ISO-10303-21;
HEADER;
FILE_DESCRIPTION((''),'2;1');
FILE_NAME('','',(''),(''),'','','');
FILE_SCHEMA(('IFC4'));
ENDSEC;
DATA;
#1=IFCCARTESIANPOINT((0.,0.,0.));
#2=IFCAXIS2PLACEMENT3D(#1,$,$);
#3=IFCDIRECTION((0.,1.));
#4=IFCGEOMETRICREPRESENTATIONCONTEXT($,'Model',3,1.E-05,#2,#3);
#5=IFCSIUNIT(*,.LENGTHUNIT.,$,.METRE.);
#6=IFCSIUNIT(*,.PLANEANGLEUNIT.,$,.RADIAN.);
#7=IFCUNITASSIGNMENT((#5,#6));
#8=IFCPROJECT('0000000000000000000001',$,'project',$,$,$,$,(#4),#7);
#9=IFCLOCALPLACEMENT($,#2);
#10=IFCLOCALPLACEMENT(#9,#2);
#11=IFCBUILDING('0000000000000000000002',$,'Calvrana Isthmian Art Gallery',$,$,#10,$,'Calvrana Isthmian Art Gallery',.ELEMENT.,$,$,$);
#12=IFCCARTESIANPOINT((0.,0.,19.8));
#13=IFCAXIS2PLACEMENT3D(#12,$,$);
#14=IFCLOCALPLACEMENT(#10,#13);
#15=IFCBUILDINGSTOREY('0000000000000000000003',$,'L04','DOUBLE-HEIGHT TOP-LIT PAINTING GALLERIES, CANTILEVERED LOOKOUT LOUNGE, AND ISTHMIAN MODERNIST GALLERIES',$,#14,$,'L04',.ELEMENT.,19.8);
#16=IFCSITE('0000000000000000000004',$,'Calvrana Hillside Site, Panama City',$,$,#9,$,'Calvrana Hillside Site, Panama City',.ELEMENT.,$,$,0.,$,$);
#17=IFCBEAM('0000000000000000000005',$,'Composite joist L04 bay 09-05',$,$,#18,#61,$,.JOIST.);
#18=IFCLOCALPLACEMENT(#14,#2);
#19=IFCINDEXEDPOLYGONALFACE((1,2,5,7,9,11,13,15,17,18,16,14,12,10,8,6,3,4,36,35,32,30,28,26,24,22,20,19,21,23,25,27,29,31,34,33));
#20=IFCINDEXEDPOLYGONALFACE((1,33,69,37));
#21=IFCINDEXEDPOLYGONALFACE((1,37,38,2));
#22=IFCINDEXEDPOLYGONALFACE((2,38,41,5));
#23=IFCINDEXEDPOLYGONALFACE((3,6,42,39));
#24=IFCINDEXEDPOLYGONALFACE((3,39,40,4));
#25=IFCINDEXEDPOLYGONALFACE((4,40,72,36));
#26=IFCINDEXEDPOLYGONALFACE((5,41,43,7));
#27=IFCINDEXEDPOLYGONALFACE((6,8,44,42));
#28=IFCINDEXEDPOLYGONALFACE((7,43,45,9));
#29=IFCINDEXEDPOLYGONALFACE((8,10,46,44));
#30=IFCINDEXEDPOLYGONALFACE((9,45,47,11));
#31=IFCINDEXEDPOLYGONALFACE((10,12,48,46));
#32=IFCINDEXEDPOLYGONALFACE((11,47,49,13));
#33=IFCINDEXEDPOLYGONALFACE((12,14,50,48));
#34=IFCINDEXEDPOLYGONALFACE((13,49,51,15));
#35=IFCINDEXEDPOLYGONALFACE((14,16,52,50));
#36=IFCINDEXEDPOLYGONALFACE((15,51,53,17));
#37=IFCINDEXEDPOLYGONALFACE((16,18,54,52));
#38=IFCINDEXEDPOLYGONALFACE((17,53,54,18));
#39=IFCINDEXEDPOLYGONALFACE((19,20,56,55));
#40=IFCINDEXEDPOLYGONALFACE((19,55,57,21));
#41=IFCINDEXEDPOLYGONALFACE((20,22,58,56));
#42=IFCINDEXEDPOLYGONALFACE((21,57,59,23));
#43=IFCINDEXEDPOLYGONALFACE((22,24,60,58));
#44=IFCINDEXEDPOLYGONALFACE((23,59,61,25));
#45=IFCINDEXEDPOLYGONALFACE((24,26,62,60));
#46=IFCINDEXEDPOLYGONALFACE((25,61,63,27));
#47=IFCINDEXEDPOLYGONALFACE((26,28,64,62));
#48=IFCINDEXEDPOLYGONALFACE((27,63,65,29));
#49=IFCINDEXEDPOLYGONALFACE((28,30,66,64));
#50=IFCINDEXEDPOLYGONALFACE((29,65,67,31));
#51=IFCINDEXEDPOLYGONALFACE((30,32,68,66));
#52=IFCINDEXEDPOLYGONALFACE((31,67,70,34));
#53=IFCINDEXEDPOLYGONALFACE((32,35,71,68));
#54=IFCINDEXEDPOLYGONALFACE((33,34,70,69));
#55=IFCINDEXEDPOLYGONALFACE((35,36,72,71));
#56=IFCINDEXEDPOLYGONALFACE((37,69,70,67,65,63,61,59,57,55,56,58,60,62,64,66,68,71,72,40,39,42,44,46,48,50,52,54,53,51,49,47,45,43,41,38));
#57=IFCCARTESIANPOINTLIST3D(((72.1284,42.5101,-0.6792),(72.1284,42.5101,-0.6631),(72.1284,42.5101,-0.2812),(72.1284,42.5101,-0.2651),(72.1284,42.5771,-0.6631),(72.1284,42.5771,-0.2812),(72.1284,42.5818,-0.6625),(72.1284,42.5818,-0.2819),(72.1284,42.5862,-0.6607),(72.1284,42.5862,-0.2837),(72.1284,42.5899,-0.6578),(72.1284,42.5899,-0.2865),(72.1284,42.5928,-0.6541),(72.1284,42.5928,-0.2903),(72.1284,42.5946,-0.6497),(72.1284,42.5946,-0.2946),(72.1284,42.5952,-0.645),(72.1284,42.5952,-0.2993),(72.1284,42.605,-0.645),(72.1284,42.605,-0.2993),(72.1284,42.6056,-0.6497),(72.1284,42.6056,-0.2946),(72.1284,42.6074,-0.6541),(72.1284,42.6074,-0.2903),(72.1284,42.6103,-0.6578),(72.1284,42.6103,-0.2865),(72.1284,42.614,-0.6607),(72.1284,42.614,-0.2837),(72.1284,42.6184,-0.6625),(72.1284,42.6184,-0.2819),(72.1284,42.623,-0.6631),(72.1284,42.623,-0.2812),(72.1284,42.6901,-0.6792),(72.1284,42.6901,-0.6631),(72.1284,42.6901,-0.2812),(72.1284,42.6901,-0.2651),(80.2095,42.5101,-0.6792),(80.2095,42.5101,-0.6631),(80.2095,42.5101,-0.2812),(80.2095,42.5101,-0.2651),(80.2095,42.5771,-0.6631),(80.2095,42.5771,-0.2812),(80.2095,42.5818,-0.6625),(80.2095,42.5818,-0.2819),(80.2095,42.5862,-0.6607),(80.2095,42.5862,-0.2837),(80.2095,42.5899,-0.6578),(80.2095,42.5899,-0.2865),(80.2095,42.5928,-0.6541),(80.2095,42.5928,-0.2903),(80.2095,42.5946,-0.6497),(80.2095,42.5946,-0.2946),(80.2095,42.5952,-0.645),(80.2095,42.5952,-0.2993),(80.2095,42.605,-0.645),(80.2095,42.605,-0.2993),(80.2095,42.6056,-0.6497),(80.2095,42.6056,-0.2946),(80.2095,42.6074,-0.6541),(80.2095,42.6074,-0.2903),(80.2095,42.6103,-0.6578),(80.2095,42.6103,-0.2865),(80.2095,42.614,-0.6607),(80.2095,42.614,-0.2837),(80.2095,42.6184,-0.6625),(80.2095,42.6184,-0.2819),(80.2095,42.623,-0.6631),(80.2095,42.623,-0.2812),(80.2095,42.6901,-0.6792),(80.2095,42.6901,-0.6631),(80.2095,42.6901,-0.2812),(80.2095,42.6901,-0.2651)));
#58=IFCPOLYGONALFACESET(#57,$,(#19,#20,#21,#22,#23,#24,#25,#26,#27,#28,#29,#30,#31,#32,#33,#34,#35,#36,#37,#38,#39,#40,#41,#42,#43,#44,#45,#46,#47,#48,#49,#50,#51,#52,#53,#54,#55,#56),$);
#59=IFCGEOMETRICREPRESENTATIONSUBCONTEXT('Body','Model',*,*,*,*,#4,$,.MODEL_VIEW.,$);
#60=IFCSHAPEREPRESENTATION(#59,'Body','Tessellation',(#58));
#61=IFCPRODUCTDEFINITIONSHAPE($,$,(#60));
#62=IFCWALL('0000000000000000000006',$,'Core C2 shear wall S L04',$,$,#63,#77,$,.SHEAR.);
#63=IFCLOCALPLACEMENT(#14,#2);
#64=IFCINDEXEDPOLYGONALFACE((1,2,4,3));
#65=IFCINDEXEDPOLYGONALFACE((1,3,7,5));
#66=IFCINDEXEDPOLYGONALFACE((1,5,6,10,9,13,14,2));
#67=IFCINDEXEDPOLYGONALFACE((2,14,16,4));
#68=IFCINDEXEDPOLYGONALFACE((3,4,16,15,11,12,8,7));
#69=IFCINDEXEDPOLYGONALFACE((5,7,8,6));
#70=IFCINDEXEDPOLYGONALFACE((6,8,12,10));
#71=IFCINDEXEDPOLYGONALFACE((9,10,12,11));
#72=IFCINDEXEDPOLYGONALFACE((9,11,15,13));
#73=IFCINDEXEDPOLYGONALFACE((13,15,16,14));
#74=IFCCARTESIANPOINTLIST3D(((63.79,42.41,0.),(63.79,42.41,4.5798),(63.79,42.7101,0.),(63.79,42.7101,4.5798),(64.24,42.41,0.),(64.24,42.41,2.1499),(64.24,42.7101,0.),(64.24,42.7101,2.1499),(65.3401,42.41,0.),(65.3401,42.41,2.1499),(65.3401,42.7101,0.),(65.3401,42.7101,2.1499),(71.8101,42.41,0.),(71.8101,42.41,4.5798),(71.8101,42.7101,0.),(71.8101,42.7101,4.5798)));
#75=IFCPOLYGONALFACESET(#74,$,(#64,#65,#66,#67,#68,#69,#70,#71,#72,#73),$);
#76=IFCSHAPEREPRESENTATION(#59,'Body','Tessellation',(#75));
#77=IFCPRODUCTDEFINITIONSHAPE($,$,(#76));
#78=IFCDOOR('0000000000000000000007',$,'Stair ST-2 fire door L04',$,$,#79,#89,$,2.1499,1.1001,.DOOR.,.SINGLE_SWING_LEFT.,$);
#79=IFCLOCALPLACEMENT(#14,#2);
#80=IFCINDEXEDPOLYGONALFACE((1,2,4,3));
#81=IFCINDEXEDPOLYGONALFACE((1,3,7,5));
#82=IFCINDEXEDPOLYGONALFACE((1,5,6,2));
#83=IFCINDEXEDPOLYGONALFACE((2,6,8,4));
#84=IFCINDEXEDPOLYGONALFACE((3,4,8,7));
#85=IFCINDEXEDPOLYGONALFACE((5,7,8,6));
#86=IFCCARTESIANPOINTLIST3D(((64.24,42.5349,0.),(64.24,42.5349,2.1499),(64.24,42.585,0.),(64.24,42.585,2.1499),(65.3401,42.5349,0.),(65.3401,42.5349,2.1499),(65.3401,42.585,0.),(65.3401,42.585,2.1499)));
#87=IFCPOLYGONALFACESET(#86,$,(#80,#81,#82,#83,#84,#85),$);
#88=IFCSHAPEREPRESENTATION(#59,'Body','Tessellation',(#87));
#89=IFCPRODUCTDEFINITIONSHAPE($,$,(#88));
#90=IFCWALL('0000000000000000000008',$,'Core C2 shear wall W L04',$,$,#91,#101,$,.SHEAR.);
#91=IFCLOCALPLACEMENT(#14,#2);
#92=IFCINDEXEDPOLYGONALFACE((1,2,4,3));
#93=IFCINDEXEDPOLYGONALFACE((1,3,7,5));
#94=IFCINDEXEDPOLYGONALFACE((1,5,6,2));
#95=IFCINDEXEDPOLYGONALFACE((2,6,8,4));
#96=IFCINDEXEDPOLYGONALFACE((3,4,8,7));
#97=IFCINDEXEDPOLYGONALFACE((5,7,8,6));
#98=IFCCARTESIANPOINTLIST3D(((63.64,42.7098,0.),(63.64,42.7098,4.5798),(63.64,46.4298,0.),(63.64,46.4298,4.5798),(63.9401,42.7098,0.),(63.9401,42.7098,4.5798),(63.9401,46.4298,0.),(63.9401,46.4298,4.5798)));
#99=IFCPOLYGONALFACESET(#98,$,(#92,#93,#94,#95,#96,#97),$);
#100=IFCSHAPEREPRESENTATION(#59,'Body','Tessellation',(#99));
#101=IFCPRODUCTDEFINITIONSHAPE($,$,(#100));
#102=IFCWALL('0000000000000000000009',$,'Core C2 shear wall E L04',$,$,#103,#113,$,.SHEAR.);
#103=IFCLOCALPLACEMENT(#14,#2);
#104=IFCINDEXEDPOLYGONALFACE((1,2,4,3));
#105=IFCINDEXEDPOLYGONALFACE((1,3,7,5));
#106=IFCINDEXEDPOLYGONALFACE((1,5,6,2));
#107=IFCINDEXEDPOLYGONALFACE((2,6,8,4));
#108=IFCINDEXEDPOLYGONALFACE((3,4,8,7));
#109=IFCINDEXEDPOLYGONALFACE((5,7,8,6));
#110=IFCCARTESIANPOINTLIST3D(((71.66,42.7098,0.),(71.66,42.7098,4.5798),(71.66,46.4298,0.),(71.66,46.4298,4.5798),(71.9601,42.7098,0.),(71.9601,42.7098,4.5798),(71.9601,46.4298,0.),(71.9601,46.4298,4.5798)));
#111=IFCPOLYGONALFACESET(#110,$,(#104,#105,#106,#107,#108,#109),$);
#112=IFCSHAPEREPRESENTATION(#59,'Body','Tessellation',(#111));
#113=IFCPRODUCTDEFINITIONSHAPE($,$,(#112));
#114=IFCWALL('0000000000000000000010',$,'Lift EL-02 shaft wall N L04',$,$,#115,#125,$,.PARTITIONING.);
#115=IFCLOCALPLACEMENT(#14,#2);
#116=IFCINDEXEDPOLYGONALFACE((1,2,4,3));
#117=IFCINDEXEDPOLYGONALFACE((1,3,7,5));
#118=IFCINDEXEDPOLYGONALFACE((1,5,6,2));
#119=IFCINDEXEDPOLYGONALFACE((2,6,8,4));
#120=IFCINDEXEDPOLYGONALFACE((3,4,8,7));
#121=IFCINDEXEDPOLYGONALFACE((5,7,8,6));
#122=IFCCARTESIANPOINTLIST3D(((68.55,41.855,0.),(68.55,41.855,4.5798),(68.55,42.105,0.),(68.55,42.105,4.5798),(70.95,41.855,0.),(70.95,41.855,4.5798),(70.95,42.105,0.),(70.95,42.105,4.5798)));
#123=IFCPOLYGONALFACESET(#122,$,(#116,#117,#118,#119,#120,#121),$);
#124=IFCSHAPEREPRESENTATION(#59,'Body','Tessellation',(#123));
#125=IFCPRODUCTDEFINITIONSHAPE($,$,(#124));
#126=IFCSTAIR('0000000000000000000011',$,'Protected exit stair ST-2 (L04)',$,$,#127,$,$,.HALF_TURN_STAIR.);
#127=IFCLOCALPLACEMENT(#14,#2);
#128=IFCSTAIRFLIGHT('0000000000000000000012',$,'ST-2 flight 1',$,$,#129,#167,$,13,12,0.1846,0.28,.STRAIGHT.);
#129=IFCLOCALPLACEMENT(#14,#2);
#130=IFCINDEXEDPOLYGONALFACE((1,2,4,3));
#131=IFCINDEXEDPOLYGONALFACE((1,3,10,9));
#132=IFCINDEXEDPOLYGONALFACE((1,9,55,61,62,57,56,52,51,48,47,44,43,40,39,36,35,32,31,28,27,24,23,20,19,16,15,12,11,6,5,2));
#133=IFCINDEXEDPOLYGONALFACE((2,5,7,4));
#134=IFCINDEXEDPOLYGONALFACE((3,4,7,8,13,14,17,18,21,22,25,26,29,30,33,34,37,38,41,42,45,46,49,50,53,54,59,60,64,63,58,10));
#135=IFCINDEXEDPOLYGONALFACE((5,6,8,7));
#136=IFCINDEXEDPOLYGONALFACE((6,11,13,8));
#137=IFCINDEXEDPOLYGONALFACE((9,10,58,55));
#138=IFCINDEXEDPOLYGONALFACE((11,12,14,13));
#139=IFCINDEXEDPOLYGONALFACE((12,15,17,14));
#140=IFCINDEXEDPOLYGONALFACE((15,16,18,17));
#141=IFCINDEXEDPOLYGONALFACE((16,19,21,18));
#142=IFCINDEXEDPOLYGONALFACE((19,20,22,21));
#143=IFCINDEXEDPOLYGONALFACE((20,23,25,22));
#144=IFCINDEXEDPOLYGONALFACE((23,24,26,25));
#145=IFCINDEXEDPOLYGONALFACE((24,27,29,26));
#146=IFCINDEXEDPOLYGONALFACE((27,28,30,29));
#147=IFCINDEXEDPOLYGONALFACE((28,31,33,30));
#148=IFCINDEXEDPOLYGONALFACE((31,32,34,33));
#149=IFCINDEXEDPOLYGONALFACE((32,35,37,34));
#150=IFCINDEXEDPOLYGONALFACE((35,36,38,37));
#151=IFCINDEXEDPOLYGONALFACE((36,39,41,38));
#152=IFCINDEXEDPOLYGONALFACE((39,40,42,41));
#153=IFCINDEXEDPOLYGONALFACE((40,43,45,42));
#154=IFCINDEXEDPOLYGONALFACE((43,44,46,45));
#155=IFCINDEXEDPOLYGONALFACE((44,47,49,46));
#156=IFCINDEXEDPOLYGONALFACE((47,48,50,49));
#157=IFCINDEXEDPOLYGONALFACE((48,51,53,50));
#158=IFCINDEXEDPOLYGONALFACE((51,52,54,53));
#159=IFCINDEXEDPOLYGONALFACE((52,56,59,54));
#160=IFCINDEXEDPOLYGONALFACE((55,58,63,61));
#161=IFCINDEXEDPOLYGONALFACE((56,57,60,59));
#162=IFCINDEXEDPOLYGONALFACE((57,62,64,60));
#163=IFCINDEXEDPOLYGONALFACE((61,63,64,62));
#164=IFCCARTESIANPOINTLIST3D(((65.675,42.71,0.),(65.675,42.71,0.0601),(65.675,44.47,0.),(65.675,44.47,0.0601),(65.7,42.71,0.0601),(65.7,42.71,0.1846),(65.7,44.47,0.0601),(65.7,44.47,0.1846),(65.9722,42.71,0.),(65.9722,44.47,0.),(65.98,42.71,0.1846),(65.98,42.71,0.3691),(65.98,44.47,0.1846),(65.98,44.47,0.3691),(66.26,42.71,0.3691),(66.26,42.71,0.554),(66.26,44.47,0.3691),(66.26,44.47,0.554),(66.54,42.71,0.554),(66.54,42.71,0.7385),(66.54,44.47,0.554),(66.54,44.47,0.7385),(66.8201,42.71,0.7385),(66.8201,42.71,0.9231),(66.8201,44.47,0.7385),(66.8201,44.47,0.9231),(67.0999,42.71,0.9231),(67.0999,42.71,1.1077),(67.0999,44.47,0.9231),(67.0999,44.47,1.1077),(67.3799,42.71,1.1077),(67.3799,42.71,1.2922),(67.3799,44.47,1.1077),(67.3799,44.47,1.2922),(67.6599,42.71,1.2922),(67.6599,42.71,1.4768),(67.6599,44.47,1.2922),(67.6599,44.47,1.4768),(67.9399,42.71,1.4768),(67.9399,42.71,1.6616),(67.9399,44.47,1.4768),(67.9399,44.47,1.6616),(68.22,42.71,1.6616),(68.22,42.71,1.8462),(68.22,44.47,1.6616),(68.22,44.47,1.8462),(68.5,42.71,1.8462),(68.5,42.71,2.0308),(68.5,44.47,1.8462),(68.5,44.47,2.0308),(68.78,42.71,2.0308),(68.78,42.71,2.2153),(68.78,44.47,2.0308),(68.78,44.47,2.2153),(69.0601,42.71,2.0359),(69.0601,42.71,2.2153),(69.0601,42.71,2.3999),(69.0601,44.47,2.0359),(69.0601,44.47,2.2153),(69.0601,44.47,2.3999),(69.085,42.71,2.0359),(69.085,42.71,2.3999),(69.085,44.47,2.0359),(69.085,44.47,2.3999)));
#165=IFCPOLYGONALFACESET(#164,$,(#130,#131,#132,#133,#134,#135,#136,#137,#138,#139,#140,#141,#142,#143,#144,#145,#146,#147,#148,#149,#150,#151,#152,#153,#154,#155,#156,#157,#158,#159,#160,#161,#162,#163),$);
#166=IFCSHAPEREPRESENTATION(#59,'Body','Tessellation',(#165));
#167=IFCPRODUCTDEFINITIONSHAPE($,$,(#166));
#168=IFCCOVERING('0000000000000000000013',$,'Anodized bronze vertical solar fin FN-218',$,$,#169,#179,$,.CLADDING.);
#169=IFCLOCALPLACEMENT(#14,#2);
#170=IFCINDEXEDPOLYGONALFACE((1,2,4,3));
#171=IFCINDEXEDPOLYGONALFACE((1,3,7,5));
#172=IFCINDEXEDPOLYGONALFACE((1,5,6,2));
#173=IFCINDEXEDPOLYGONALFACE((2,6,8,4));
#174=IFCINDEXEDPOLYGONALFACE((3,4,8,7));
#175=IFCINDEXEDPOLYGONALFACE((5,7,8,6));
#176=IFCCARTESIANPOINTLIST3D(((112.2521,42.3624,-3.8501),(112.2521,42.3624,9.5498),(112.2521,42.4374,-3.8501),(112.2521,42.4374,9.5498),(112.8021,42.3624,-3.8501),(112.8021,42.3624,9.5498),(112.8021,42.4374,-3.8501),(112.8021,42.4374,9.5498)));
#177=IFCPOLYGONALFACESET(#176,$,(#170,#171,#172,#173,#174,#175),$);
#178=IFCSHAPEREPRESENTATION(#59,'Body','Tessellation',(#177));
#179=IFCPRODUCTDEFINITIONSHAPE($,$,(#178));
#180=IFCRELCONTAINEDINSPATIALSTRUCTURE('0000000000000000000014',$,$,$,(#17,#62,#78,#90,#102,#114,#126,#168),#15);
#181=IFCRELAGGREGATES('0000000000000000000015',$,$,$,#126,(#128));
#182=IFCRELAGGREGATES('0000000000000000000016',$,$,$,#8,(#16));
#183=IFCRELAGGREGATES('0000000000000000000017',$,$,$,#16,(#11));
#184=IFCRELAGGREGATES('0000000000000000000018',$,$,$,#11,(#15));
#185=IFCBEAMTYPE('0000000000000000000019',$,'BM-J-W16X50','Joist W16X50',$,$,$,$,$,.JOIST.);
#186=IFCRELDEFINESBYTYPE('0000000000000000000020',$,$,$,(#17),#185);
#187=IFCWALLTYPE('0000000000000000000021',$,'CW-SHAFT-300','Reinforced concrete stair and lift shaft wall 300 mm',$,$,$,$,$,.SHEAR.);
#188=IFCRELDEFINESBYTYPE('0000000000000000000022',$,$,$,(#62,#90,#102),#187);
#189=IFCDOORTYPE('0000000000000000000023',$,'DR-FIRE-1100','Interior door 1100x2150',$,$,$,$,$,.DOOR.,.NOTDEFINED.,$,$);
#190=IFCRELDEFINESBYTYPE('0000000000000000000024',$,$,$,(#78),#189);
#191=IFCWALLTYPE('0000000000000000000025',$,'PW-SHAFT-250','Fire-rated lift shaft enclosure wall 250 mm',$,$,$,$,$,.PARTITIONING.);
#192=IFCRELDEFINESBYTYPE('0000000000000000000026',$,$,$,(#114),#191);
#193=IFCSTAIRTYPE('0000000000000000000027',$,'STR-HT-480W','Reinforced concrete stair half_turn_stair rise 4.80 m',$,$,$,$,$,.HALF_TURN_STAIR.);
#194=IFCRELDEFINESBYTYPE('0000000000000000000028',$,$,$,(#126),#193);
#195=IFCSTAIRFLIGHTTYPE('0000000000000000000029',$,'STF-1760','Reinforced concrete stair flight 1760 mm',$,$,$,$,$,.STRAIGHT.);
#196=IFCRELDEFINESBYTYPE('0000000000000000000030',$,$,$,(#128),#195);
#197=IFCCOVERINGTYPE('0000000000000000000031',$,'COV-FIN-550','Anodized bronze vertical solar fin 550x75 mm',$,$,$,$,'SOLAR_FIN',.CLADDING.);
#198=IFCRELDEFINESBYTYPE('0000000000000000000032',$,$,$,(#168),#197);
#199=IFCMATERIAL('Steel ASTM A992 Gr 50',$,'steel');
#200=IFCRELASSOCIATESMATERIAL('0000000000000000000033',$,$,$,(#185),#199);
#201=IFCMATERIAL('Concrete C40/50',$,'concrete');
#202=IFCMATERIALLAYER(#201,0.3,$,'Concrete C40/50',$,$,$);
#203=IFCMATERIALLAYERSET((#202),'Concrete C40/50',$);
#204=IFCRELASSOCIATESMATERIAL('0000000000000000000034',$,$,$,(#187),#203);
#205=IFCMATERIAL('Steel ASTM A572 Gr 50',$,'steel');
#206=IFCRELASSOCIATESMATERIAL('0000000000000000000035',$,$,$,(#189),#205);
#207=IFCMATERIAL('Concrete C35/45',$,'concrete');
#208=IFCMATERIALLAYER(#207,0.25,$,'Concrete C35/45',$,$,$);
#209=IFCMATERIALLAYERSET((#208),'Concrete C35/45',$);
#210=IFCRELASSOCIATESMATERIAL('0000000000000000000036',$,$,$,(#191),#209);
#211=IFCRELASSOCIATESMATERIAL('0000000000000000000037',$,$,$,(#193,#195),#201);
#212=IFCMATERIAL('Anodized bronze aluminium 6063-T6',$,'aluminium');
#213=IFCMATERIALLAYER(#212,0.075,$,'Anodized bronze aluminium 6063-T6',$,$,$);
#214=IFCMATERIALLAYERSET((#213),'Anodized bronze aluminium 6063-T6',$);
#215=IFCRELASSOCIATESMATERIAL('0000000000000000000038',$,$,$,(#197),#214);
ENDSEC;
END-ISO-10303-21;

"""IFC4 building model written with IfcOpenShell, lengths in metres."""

from ifc_helpers import new_model, si_unit, direction, frame, frame_2d, origin, origin_2d, place, context, subcontext, project, spatial, polyline, rectangle, i_section, outline, extrude, material, layer, layer_set, material_profile, profile_set, type_object, element, fill, aggregate, save


model = new_model("IFC4")

# Units and contexts
model_context = context("Model", 3, precision=1e-05, world=origin(), true_north=direction((0.0, 1.0)))
body_context = subcontext(model_context, "Body", "Model", "MODEL_VIEW")
ifc_project = project(units=[si_unit("LENGTHUNIT", "METRE"), si_unit("PLANEANGLEUNIT", "RADIAN")], contexts=[model_context])

# Site, building, storey
site_placement = place(None, origin())
site = spatial("IfcSite", under=ifc_project, at=site_placement, Name="Calvrana Hillside Site, Panama City", LongName="Calvrana Hillside Site, Panama City", CompositionType="ELEMENT", RefElevation=0.0)
building_placement = place(site_placement, origin())
building = spatial("IfcBuilding", under=site, at=building_placement, Name="Calvrana Isthmian Art Gallery", LongName="Calvrana Isthmian Art Gallery", CompositionType="ELEMENT")
storey_placement = place(building_placement, frame((0.0, 0.0, 19.8)))
storey = spatial("IfcBuildingStorey", under=building, at=storey_placement, Name="L04", Description="DOUBLE-HEIGHT TOP-LIT PAINTING GALLERIES, CANTILEVERED LOOKOUT LOUNGE, AND ISTHMIAN MODERNIST GALLERIES", LongName="L04", CompositionType="ELEMENT", Elevation=19.8)

# Beam
ifc_material_1 = material(Name="Steel ASTM A992 Gr 50", Category="steel")
ifc_material_profile = material_profile(ifc_material_1, i_section(OverallWidth=0.1799, OverallDepth=0.4141, WebThickness=0.0098, FlangeThickness=0.0161, FilletRadius=0.0181, at=origin_2d()), Name="W16X50")
ifc_profile_set = profile_set([ifc_material_profile], Name="Steel ASTM A992 Gr 50")
beam_type = type_object("IfcBeamType", Name="BM-J-W16X50", Description="Joist W16X50", PredefinedType="JOIST", material=ifc_profile_set)
beam_placement = place(storey_placement, frame((72.1284, 42.6001, -0.4722), z_axis=(1.0, 0.0, 0.0), x_axis=(0.0, 1.0, 0.0)))
element("IfcBeam", 1, at=beam_placement, inside=storey, type_object=beam_type, Name="Composite joist L04 bay 09-05", PredefinedType="JOIST", context=body_context, shape_type="SweptSolid", body=[
    extrude(i_section(OverallWidth=0.1799, OverallDepth=0.4141, WebThickness=0.0098, FlangeThickness=0.0161, FilletRadius=0.0181, at=origin_2d()), origin(), (0.0, 0.0, 1.0), 8.0811),
])

# Wall, opening, door
ifc_material_2 = material(Name="Concrete C40/50", Category="concrete")
ifc_layer_1 = layer(ifc_material_2, 0.3, Name="Concrete C40/50")
ifc_layer_set_1 = layer_set([ifc_layer_1], Name="Concrete C40/50")
wall_type_1 = type_object("IfcWallType", Name="CW-SHAFT-300", Description="Reinforced concrete stair and lift shaft wall 300 mm", PredefinedType="SHEAR", material=ifc_layer_set_1)
wall_1_placement = place(storey_placement, frame((63.79, 42.5601, 0.0), z_axis=(0.0, 0.0, 1.0), x_axis=(1.0, 0.0, 0.0)))
wall_1 = element("IfcWall", 2, at=wall_1_placement, inside=storey, type_object=wall_type_1, Name="Core C2 shear wall S L04", PredefinedType="SHEAR", context=body_context, shape_type="SweptSolid", body=[
    extrude(rectangle(XDim=8.02, YDim=0.3, at=frame_2d((4.01, 0.0))), origin(), (0.0, 0.0, 1.0), 4.5798),
])
opening_placement = place(wall_1_placement, frame((0.45, 0.0, 0.0)))
opening = element("IfcOpeningElement", 3, at=opening_placement, cuts=wall_1, PredefinedType="OPENING", context=body_context, shape_type="SweptSolid", body=[
    extrude(rectangle(XDim=1.1001, YDim=2.1499, at=frame_2d((0.55, 1.075))), frame((0.0, 0.1602, 0.0), z_axis=(0.0, -1.0, 0.0), x_axis=(1.0, 0.0, 0.0)), (0.0, 0.0, 1.0), 0.3206),
])
ifc_material_3 = material(Name="Steel ASTM A572 Gr 50", Category="steel")
door_type = type_object("IfcDoorType", Name="DR-FIRE-1100", Description="Interior door 1100x2150", OperationType="NOTDEFINED", PredefinedType="DOOR", material=ifc_material_3)
door_placement = place(opening_placement, origin())
door = element("IfcDoor", 4, at=door_placement, inside=storey, type_object=door_type, Name="Stair ST-2 fire door L04", OperationType="SINGLE_SWING_LEFT", OverallHeight=2.1499, OverallWidth=1.1001, PredefinedType="DOOR", context=body_context, shape_type="SweptSolid", body=[
    extrude(rectangle(XDim=1.1001, YDim=2.1499, at=frame_2d((0.55, 1.075))), frame((0.0, 0.0249, 0.0), z_axis=(0.0, -1.0, 0.0), x_axis=(1.0, 0.0, 0.0)), (0.0, 0.0, 1.0), 0.05),
])
fill(opening, door)

# Walls
for number, where, z_axis, x_axis, name in (
    (5, (63.79, 42.71, 0.0), (0.0, 0.0, 1.0), (0.0, 1.0, 0.0), "Core C2 shear wall W L04"),
    (6, (71.8101, 42.71, 0.0), (0.0, 0.0, 1.0), (0.0, 1.0, 0.0), "Core C2 shear wall E L04"),
):
    element("IfcWall", number, at=place(storey_placement, frame(where, z_axis=z_axis, x_axis=x_axis)), inside=storey, type_object=wall_type_1, Name=name, PredefinedType="SHEAR", context=body_context, shape_type="SweptSolid", body=[
        extrude(rectangle(XDim=3.72, YDim=0.3, at=frame_2d((1.8599, 0.0))), origin(), (0.0, 0.0, 1.0), 4.5798),
    ])
ifc_material_4 = material(Name="Concrete C35/45", Category="concrete")
ifc_layer_2 = layer(ifc_material_4, 0.25, Name="Concrete C35/45")
ifc_layer_set_2 = layer_set([ifc_layer_2], Name="Concrete C35/45")
wall_type_2 = type_object("IfcWallType", Name="PW-SHAFT-250", Description="Fire-rated lift shaft enclosure wall 250 mm", PredefinedType="PARTITIONING", material=ifc_layer_set_2)
wall_2_placement = place(storey_placement, frame((68.55, 41.98, 0.0), z_axis=(0.0, 0.0, 1.0), x_axis=(1.0, 0.0, 0.0)))
element("IfcWall", 7, at=wall_2_placement, inside=storey, type_object=wall_type_2, Name="Lift EL-02 shaft wall N L04", PredefinedType="PARTITIONING", context=body_context, shape_type="SweptSolid", body=[
    extrude(rectangle(XDim=2.3999, YDim=0.25, at=frame_2d((1.2, 0.0))), origin(), (0.0, 0.0, 1.0), 4.5798),
])

# Stair, stair flight
stair_type = type_object("IfcStairType", Name="STR-HT-480W", Description="Reinforced concrete stair half_turn_stair rise 4.80 m", PredefinedType="HALF_TURN_STAIR", material=ifc_material_2)
stair_placement = place(storey_placement, origin())
stair = element("IfcStair", 8, at=stair_placement, inside=storey, type_object=stair_type, Name="Protected exit stair ST-2 (L04)", PredefinedType="HALF_TURN_STAIR")
stair_flight_type = type_object("IfcStairFlightType", Name="STF-1760", Description="Reinforced concrete stair flight 1760 mm", PredefinedType="STRAIGHT", material=ifc_material_2)
stair_flight_placement = place(storey_placement, frame((65.7, 43.5901, 0.0), z_axis=(0.0, 0.0, 1.0), x_axis=(1.0, 0.0, 0.0)))
stair_flight = element("IfcStairFlight", 9, at=stair_flight_placement, type_object=stair_flight_type, Name="ST-2 flight 1", NumberOfRisers=13, NumberOfTreads=12, PredefinedType="STRAIGHT", RiserHeight=0.1846, TreadLength=0.28, context=body_context, shape_type="SweptSolid", body=[
    extrude(outline(polyline([(-0.0249, 0.0), (-0.0249, 0.0601), (0.0, 0.0601), (0.0, 0.1846), (0.28, 0.1846), (0.28, 0.3691), (0.5601, 0.3691), (0.5601, 0.554), (0.8401, 0.554), (0.8401, 0.7385), (1.1201, 0.7385), (1.1201, 0.9231), (1.3999, 0.9231), (1.3999, 1.1077), (1.6799, 1.1077), (1.6799, 1.2922), (1.96, 1.2922), (1.96, 1.4768), (2.24, 1.4768), (2.24, 1.6616), (2.52, 1.6616), (2.52, 1.8462), (2.8, 1.8462), (2.8, 2.0308), (3.0801, 2.0308), (3.0801, 2.2153), (3.3601, 2.2153), (3.3601, 2.3999), (3.385, 2.3999), (3.385, 2.0359), (3.3601, 2.0359), (0.2722, 0.0), (-0.0249, 0.0)])), frame((0.0, 0.8799, 0.0), z_axis=(0.0, -1.0, 0.0), x_axis=(1.0, 0.0, 0.0)), (0.0, 0.0, 1.0), 1.76),
])
aggregate(stair, [stair_flight])

# Covering
ifc_material_5 = material(Name="Anodized bronze aluminium 6063-T6", Category="aluminium")
ifc_layer_3 = layer(ifc_material_5, 0.075, Name="Anodized bronze aluminium 6063-T6")
ifc_layer_set_3 = layer_set([ifc_layer_3], Name="Anodized bronze aluminium 6063-T6")
covering_type = type_object("IfcCoveringType", Name="COV-FIN-550", Description="Anodized bronze vertical solar fin 550x75 mm", ElementType="SOLAR_FIN", PredefinedType="CLADDING", material=ifc_layer_set_3)
covering_1_placement = place(storey_placement, frame((112.5271, 42.3999, -3.8501), z_axis=(0.0, 0.0, 1.0), x_axis=(1.0, 0.0, 0.0)))
element("IfcCovering", 10, at=covering_1_placement, inside=storey, type_object=covering_type, Name="Anodized bronze vertical solar fin FN-218", PredefinedType="CLADDING", context=body_context, shape_type="SweptSolid", body=[
    extrude(rectangle(XDim=0.55, YDim=0.075, at=origin_2d()), origin(), (0.0, 0.0, 1.0), 13.3999),
])

save(model, "model.ifc")
